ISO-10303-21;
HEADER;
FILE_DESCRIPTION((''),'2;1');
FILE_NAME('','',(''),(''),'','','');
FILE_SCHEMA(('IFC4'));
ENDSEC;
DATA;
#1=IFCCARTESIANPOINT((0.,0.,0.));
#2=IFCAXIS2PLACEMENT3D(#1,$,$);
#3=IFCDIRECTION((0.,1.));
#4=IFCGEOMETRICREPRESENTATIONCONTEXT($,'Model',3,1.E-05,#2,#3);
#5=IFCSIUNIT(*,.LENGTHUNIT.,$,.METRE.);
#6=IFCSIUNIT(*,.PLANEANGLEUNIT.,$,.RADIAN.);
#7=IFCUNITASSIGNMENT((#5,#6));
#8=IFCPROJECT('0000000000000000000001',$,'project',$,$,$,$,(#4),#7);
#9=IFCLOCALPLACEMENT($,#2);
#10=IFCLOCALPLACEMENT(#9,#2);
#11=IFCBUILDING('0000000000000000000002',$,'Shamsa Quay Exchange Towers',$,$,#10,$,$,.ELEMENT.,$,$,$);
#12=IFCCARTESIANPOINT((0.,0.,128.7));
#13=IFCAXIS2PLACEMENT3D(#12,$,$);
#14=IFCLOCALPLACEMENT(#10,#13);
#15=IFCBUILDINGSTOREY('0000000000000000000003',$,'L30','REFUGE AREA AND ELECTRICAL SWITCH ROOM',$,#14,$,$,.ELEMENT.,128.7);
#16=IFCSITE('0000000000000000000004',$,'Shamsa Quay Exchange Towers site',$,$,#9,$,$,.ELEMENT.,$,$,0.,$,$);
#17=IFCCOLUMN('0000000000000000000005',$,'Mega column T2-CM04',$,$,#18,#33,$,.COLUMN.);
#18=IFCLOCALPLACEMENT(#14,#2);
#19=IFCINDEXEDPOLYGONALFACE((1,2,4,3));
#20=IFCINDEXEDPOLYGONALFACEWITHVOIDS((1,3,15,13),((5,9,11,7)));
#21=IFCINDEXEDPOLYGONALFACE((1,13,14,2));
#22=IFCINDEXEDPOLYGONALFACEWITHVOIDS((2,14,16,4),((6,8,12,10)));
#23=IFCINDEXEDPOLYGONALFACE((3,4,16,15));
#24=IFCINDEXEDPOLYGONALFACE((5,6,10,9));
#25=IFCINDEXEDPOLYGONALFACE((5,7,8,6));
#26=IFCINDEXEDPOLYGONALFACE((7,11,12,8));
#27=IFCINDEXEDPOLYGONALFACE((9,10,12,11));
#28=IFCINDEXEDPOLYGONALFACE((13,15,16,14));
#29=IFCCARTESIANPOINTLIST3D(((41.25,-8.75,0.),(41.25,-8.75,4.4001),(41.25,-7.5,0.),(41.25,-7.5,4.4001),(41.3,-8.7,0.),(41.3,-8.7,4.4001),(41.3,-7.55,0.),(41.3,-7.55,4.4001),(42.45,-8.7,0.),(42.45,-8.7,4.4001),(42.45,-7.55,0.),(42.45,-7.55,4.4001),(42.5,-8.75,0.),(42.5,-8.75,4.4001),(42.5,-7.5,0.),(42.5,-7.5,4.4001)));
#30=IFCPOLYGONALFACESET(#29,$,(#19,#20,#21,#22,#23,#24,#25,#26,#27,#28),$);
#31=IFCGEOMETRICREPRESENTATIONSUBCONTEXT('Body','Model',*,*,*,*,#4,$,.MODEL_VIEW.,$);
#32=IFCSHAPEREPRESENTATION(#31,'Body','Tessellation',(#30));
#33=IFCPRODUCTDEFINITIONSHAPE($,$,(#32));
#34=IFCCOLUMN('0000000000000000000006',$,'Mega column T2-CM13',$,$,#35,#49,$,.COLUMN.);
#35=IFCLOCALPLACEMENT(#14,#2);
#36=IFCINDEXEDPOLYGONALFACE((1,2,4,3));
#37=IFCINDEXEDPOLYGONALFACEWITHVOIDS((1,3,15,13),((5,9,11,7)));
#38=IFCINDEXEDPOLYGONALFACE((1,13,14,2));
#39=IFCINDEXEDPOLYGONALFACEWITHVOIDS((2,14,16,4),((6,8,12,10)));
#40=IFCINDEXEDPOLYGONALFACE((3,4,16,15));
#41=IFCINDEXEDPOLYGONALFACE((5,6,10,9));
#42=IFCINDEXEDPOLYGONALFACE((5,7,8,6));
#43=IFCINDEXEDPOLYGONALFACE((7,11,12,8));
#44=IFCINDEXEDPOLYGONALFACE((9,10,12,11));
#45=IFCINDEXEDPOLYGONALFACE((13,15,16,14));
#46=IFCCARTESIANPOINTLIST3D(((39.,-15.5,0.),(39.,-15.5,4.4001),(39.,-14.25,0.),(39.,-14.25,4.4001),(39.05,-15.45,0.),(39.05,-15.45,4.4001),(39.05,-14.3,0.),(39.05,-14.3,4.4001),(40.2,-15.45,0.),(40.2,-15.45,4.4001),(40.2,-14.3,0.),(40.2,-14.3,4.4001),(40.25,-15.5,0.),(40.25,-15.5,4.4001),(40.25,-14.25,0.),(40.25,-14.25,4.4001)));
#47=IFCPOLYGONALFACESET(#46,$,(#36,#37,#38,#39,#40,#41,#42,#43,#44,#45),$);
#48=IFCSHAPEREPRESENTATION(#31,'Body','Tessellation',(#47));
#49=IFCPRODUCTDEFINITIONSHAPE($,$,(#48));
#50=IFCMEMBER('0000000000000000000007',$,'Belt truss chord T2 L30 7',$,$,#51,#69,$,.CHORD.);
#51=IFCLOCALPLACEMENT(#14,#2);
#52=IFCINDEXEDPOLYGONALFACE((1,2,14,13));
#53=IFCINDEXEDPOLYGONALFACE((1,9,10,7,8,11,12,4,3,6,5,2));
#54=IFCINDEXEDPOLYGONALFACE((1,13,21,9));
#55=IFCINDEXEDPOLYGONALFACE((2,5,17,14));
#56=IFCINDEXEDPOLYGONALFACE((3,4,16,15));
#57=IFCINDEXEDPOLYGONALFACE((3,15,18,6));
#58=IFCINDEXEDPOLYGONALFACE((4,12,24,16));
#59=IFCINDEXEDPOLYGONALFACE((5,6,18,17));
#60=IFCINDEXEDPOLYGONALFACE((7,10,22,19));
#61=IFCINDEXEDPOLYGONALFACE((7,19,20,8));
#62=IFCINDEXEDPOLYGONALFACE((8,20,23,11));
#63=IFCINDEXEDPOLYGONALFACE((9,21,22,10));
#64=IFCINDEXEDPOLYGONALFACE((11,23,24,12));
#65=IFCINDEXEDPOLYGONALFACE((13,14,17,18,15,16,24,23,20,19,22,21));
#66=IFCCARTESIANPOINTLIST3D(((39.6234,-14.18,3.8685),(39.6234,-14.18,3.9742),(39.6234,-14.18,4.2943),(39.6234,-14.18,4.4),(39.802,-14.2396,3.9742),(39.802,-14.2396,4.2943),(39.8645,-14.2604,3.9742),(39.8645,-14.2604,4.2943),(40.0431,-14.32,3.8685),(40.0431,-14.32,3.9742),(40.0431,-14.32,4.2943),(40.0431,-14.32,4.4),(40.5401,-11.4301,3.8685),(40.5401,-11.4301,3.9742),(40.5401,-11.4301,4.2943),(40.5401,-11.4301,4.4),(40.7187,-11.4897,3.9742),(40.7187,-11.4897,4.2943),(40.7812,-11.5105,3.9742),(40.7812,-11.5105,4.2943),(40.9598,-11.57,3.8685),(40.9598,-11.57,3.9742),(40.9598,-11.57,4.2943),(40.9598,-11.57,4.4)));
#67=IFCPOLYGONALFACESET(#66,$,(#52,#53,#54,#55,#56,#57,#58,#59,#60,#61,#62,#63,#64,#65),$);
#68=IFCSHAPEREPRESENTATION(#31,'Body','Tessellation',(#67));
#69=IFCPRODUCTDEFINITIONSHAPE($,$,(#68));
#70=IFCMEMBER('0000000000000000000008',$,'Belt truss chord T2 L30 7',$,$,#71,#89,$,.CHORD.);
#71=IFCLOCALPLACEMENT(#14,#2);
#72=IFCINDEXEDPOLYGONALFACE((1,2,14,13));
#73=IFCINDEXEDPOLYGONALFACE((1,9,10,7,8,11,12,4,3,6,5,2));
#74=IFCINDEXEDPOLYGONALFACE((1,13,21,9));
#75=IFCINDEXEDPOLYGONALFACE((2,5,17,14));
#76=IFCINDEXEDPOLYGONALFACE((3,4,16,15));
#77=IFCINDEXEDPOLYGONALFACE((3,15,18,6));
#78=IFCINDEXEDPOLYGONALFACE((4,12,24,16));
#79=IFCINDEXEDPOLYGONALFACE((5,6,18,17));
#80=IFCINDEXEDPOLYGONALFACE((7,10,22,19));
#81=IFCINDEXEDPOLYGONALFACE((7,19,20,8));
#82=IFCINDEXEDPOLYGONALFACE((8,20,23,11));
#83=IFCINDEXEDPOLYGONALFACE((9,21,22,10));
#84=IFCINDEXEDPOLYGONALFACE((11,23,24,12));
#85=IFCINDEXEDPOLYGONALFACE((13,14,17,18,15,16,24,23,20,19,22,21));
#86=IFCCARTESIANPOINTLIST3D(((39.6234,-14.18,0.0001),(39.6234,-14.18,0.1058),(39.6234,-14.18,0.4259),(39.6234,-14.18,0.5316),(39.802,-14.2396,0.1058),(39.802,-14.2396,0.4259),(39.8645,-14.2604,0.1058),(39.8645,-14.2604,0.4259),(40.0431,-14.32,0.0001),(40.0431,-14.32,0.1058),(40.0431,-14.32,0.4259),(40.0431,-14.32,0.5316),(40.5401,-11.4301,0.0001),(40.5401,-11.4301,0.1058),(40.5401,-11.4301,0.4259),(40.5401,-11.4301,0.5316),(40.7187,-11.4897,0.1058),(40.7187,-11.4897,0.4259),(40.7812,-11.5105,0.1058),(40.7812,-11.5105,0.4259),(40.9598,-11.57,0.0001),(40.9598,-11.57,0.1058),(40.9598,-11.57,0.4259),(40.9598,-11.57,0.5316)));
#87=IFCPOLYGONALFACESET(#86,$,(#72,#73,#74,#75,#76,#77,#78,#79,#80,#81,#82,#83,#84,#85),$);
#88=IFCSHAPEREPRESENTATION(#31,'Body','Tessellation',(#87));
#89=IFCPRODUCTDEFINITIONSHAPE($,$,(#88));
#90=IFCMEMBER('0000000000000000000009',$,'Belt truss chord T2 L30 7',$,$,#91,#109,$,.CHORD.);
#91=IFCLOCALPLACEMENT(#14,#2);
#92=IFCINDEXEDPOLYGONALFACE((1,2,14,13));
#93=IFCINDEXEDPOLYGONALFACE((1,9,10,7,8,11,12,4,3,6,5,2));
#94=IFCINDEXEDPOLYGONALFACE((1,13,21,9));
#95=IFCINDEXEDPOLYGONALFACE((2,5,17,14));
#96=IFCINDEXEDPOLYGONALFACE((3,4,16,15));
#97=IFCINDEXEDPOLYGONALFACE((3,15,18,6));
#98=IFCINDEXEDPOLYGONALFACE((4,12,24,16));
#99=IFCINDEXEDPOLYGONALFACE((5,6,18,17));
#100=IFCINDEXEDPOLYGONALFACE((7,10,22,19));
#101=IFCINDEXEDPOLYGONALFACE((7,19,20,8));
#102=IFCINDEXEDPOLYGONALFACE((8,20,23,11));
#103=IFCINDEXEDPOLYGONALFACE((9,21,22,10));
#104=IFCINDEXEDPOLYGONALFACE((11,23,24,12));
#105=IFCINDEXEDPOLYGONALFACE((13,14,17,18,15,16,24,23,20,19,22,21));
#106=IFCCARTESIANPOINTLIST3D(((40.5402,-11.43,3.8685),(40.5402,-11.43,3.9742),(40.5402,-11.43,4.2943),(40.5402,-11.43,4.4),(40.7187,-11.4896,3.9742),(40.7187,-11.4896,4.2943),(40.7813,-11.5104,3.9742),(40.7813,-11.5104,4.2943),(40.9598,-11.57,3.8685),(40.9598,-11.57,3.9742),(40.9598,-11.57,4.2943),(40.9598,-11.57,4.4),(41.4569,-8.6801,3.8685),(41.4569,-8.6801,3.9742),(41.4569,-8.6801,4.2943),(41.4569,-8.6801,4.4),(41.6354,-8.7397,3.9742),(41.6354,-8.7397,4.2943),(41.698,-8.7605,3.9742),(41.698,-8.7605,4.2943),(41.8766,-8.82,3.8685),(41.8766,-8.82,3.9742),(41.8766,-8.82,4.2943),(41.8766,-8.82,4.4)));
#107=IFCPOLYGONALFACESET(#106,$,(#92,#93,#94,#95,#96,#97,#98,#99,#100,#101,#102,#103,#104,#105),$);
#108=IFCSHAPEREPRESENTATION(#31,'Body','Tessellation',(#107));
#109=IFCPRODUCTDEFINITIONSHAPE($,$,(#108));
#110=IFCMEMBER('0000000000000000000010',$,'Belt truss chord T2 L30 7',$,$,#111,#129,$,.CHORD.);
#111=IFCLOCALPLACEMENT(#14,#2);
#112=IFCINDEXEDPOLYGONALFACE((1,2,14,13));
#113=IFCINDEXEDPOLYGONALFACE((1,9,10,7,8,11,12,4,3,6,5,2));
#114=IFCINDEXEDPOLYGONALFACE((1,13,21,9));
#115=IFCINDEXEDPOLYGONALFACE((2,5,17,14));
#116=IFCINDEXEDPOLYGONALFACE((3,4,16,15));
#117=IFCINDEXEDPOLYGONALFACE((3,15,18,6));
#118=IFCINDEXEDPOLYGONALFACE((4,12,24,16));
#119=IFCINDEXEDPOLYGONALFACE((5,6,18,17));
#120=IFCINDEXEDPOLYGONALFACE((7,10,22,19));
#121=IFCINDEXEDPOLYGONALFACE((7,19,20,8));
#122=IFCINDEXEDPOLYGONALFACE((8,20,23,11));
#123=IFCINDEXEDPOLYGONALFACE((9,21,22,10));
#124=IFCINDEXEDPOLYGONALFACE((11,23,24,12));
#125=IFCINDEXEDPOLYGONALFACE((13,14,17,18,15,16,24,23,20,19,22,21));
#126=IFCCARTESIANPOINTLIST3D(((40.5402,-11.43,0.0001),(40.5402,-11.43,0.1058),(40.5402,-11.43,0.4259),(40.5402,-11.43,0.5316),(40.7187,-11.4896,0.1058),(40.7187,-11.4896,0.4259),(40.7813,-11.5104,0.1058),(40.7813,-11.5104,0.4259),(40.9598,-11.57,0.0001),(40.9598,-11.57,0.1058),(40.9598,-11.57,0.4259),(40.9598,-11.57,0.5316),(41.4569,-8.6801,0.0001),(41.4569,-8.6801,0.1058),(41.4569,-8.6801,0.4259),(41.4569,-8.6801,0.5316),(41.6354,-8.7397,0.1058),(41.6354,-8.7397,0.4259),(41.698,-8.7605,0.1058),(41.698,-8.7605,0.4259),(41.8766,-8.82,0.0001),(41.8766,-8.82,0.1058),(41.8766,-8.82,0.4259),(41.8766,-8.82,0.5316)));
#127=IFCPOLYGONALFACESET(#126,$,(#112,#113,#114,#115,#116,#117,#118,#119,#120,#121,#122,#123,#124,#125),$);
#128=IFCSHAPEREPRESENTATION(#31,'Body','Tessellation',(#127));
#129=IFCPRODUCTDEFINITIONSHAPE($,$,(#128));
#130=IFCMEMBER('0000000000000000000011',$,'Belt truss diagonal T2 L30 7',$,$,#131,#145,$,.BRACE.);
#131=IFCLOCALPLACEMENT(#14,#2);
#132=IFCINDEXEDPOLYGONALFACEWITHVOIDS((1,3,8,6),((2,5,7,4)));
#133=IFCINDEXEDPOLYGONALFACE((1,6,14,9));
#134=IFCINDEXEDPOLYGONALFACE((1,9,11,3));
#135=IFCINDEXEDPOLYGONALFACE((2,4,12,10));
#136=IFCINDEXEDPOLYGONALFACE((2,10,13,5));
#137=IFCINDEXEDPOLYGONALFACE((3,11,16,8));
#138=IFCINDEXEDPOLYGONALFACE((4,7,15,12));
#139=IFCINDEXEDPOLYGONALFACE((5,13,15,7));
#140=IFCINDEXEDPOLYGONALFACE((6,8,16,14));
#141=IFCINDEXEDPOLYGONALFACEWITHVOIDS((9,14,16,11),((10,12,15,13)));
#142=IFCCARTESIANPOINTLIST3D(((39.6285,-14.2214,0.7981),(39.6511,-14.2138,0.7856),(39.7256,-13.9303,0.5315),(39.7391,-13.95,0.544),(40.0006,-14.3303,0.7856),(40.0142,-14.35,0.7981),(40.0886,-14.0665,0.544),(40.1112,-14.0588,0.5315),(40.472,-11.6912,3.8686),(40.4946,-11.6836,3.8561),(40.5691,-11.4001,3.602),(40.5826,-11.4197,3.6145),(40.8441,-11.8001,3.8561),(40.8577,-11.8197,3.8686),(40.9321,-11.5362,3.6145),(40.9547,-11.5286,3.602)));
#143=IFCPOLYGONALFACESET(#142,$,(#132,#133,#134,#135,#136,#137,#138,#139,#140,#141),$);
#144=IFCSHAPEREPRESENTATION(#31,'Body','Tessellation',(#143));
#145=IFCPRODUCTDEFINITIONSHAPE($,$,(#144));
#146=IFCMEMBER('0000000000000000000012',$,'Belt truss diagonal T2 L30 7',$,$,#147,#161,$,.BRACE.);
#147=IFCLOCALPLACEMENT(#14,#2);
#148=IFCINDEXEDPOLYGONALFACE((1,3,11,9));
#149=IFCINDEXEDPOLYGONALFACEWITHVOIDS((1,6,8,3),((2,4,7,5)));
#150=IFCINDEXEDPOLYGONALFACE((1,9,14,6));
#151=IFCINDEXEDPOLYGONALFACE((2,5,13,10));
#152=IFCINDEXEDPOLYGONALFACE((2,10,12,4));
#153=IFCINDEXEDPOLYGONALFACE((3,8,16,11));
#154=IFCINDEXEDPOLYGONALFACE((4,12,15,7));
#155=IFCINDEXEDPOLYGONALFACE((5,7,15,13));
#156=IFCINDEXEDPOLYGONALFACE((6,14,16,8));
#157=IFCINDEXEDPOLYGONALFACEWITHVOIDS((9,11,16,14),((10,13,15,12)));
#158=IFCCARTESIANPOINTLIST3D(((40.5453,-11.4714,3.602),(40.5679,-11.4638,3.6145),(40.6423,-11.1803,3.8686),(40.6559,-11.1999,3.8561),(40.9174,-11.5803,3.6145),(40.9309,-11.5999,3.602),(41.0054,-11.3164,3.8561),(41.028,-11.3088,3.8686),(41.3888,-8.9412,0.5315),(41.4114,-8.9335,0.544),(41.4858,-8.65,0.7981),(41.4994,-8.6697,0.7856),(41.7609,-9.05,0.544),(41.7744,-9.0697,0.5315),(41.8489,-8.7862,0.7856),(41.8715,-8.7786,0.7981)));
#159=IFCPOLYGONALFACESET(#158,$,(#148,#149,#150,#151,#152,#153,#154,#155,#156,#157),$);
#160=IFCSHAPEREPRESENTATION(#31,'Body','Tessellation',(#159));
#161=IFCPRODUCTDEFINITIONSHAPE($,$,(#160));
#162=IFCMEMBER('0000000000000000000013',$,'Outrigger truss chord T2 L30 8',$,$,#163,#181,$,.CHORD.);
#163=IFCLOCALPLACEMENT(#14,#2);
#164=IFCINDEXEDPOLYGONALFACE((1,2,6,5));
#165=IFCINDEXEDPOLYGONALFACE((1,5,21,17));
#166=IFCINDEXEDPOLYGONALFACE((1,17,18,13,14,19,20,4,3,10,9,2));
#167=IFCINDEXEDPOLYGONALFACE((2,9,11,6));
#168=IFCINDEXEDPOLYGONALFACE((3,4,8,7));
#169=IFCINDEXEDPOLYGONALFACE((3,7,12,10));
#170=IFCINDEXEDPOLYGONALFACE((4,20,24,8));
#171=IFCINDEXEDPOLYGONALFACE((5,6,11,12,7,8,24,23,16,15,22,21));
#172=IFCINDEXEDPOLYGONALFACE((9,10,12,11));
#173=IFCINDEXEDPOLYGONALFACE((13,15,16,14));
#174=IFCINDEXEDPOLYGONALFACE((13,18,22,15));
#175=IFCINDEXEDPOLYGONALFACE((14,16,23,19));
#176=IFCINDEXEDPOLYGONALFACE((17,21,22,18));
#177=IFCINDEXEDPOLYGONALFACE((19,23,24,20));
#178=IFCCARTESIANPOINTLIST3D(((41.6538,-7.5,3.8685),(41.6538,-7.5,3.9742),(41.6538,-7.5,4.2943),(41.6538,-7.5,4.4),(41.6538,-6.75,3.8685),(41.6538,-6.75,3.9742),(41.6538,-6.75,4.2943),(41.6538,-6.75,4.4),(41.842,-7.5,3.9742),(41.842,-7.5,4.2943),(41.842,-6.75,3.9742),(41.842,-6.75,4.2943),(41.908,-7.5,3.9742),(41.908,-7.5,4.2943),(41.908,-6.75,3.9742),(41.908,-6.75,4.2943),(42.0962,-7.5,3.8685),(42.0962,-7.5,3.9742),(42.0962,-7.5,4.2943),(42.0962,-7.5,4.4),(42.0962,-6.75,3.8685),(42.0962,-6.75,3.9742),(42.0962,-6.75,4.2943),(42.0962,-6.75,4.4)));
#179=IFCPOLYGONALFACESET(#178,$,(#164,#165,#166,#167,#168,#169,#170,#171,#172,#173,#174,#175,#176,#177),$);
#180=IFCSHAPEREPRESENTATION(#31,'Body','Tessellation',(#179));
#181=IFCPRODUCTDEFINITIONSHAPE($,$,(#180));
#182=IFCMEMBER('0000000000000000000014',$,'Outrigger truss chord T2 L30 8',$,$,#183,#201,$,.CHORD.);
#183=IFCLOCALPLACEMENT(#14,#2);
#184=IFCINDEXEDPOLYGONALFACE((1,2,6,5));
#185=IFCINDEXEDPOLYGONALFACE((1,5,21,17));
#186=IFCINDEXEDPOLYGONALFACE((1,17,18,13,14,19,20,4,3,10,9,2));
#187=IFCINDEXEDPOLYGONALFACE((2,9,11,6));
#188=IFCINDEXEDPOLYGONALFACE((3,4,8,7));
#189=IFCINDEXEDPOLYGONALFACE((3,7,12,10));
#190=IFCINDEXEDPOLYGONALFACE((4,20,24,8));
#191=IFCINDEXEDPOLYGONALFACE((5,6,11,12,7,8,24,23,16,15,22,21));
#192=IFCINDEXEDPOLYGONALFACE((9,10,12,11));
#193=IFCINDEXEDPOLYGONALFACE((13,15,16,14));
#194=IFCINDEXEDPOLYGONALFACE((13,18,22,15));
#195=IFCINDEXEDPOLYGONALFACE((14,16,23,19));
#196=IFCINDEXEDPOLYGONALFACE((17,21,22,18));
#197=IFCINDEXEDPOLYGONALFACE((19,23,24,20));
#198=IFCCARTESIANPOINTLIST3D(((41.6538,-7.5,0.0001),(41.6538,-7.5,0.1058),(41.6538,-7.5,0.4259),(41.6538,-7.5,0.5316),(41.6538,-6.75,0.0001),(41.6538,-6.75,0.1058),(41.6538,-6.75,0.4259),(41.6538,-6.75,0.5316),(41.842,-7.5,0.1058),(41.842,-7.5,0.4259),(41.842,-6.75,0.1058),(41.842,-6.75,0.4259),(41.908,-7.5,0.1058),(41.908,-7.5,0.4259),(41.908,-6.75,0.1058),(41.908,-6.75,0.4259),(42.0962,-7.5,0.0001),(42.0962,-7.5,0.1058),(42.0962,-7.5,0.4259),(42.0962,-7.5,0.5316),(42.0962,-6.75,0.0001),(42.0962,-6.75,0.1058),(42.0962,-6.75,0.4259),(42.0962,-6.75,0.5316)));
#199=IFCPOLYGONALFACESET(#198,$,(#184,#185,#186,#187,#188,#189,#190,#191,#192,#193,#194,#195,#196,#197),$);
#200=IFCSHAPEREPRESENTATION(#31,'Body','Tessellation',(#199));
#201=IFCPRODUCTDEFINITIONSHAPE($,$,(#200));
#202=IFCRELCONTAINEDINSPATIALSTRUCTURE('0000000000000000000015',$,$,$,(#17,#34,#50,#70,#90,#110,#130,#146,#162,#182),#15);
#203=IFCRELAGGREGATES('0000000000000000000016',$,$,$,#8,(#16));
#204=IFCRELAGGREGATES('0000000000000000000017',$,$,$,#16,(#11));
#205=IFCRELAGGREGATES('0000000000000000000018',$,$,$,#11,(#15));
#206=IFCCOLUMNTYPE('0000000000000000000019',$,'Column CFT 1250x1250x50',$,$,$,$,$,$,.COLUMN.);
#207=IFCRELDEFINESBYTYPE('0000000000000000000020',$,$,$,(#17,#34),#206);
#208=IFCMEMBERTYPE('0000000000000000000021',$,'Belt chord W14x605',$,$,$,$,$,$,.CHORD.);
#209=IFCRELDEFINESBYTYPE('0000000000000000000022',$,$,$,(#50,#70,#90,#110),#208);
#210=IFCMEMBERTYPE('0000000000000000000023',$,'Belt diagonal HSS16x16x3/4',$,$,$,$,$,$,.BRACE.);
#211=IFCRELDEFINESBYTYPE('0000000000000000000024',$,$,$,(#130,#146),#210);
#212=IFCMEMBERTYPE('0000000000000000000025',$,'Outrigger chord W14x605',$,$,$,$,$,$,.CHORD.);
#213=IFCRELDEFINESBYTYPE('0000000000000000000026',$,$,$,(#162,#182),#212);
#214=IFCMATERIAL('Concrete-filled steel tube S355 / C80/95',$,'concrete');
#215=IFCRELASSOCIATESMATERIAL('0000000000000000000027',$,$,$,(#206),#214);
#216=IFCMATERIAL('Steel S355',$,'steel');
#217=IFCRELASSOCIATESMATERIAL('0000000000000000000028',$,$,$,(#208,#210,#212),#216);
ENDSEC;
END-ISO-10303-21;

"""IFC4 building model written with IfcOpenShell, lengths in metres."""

from ifc_helpers import new_model, si_unit, direction, frame, origin, origin_2d, place, context, subcontext, project, spatial, hollow_rectangle, i_section, extrude, material, material_profile, profile_set, type_object, element, save


model = new_model("IFC4")

# Units and contexts
model_context = context("Model", 3, precision=1e-05, world=origin(), true_north=direction((0.0, 1.0)))
body_context = subcontext(model_context, "Body", "Model", "MODEL_VIEW")
ifc_project = project(units=[si_unit("LENGTHUNIT", "METRE"), si_unit("PLANEANGLEUNIT", "RADIAN")], contexts=[model_context])

# Site, building, storey
site_placement = place(None, origin())
site = spatial("IfcSite", under=ifc_project, at=site_placement, Name="Shamsa Quay Exchange Towers site", CompositionType="ELEMENT", RefElevation=0.0)
building_placement = place(site_placement, origin())
building = spatial("IfcBuilding", under=site, at=building_placement, Name="Shamsa Quay Exchange Towers", CompositionType="ELEMENT")
storey_placement = place(building_placement, frame((0.0, 0.0, 128.7)))
storey = spatial("IfcBuildingStorey", under=building, at=storey_placement, Name="L30", Description="REFUGE AREA AND ELECTRICAL SWITCH ROOM", CompositionType="ELEMENT", Elevation=128.7)

# Columns
ifc_material_1 = material(Name="Concrete-filled steel tube S355 / C80/95", Category="concrete")
ifc_material_profile_1 = material_profile(ifc_material_1, hollow_rectangle(XDim=1.25, YDim=1.25, WallThickness=0.05, at=origin_2d()), Name="CFT 1250x1250x50")
ifc_profile_set_1 = profile_set([ifc_material_profile_1], Name="Concrete-filled steel tube S355 / C80/95")
column_type = type_object("IfcColumnType", Name="Column CFT 1250x1250x50", PredefinedType="COLUMN", material=ifc_profile_set_1)
for number, where, name in (
    (1, (41.875, -8.125, 0.0), "Mega column T2-CM04"),
    (2, (39.625, -14.875, 0.0), "Mega column T2-CM13"),
):
    element("IfcColumn", number, at=place(storey_placement, frame(where)), inside=storey, type_object=column_type, Name=name, PredefinedType="COLUMN", context=body_context, shape_type="SweptSolid", body=[
        extrude(hollow_rectangle(XDim=1.25, YDim=1.25, WallThickness=0.05, at=origin_2d()), origin(), (0.0, 0.0, 1.0), 4.4001),
    ])

# Members
ifc_material_2 = material(Name="Steel S355", Category="steel")
ifc_material_profile_2 = material_profile(ifc_material_2, i_section(OverallWidth=0.4424, OverallDepth=0.5315, WebThickness=0.0659, FlangeThickness=0.1057, at=origin_2d()), Name="W14x605")
ifc_profile_set_2 = profile_set([ifc_material_profile_2], Name="Steel S355")
member_type_1 = type_object("IfcMemberType", Name="Belt chord W14x605", PredefinedType="CHORD", material=ifc_profile_set_2)
for number, where, z_axis, x_axis, name in (
    (3, (39.8333, -14.25, 4.1343), (0.316253, 0.948675, 0.0), (-0.948675, 0.316253, 0.0), "Belt truss chord T2 L30 7"),
    (4, (39.8333, -14.25, 0.2659), (0.316253, 0.948675, 0.0), (-0.948675, 0.316253, 0.0), "Belt truss chord T2 L30 7"),
    (5, (40.75, -11.5, 4.1343), (0.316253, 0.948675, 0.0), (-0.948675, 0.316253, 0.0), "Belt truss chord T2 L30 7"),
    (6, (40.75, -11.5, 0.2659), (0.316253, 0.948675, 0.0), (-0.948675, 0.316253, 0.0), "Belt truss chord T2 L30 7"),
):
    element("IfcMember", number, at=place(storey_placement, frame(where, z_axis=z_axis, x_axis=x_axis)), inside=storey, type_object=member_type_1, Name=name, PredefinedType="CHORD", context=body_context, shape_type="SweptSolid", body=[
        extrude(i_section(OverallWidth=0.4424, OverallDepth=0.5315, WebThickness=0.0659, FlangeThickness=0.1057, at=origin_2d()), origin(), (0.0, 0.0, 1.0), 2.8987),
    ])
ifc_material_profile_3 = material_profile(ifc_material_2, hollow_rectangle(XDim=0.4065, YDim=0.4065, WallThickness=0.019, at=origin_2d()), Name="HSS16x16x3/4")
ifc_profile_set_3 = profile_set([ifc_material_profile_3], Name="Steel S355")
member_type_2 = type_object("IfcMemberType", Name="Belt diagonal HSS16x16x3/4", PredefinedType="BRACE", material=ifc_profile_set_3)
for number, where, z_axis, x_axis, name in (
    (7, (39.8699, -14.1401, 0.6648), (0.207392, 0.622117, 0.754956), (-0.948674, 0.316255, 0.0), "Belt truss diagonal T2 L30 7"),
    (8, (41.6301, -8.8599, 0.6648), (-0.207392, -0.622117, 0.754956), (0.948674, -0.316255, 0.0), "Belt truss diagonal T2 L30 7"),
):
    element("IfcMember", number, at=place(storey_placement, frame(where, z_axis=z_axis, x_axis=x_axis)), inside=storey, type_object=member_type_2, Name=name, PredefinedType="BRACE", context=body_context, shape_type="SweptSolid", body=[
        extrude(hollow_rectangle(XDim=0.4065, YDim=0.4065, WallThickness=0.019, at=origin_2d()), origin(), (0.0, 0.0, 1.0), 4.0671),
    ])
ifc_material_profile_4 = material_profile(ifc_material_2, i_section(OverallWidth=0.4424, OverallDepth=0.5315, WebThickness=0.0659, FlangeThickness=0.1057, at=origin_2d()), Name="W14x605")
ifc_profile_set_4 = profile_set([ifc_material_profile_4], Name="Steel S355")
member_type_3 = type_object("IfcMemberType", Name="Outrigger chord W14x605", PredefinedType="CHORD", material=ifc_profile_set_4)
for number, where, z_axis, x_axis, name in (
    (9, (41.875, -7.5, 4.1343), (0.0, 1.0, 0.0), (-1.0, 0.0, 0.0), "Outrigger truss chord T2 L30 8"),
    (10, (41.875, -7.5, 0.2659), (0.0, 1.0, 0.0), (-1.0, 0.0, 0.0), "Outrigger truss chord T2 L30 8"),
):
    element("IfcMember", number, at=place(storey_placement, frame(where, z_axis=z_axis, x_axis=x_axis)), inside=storey, type_object=member_type_3, Name=name, PredefinedType="CHORD", context=body_context, shape_type="SweptSolid", body=[
        extrude(i_section(OverallWidth=0.4424, OverallDepth=0.5315, WebThickness=0.0659, FlangeThickness=0.1057, at=origin_2d()), origin(), (0.0, 0.0, 1.0), 0.75),
    ])

save(model, "model.ifc")
